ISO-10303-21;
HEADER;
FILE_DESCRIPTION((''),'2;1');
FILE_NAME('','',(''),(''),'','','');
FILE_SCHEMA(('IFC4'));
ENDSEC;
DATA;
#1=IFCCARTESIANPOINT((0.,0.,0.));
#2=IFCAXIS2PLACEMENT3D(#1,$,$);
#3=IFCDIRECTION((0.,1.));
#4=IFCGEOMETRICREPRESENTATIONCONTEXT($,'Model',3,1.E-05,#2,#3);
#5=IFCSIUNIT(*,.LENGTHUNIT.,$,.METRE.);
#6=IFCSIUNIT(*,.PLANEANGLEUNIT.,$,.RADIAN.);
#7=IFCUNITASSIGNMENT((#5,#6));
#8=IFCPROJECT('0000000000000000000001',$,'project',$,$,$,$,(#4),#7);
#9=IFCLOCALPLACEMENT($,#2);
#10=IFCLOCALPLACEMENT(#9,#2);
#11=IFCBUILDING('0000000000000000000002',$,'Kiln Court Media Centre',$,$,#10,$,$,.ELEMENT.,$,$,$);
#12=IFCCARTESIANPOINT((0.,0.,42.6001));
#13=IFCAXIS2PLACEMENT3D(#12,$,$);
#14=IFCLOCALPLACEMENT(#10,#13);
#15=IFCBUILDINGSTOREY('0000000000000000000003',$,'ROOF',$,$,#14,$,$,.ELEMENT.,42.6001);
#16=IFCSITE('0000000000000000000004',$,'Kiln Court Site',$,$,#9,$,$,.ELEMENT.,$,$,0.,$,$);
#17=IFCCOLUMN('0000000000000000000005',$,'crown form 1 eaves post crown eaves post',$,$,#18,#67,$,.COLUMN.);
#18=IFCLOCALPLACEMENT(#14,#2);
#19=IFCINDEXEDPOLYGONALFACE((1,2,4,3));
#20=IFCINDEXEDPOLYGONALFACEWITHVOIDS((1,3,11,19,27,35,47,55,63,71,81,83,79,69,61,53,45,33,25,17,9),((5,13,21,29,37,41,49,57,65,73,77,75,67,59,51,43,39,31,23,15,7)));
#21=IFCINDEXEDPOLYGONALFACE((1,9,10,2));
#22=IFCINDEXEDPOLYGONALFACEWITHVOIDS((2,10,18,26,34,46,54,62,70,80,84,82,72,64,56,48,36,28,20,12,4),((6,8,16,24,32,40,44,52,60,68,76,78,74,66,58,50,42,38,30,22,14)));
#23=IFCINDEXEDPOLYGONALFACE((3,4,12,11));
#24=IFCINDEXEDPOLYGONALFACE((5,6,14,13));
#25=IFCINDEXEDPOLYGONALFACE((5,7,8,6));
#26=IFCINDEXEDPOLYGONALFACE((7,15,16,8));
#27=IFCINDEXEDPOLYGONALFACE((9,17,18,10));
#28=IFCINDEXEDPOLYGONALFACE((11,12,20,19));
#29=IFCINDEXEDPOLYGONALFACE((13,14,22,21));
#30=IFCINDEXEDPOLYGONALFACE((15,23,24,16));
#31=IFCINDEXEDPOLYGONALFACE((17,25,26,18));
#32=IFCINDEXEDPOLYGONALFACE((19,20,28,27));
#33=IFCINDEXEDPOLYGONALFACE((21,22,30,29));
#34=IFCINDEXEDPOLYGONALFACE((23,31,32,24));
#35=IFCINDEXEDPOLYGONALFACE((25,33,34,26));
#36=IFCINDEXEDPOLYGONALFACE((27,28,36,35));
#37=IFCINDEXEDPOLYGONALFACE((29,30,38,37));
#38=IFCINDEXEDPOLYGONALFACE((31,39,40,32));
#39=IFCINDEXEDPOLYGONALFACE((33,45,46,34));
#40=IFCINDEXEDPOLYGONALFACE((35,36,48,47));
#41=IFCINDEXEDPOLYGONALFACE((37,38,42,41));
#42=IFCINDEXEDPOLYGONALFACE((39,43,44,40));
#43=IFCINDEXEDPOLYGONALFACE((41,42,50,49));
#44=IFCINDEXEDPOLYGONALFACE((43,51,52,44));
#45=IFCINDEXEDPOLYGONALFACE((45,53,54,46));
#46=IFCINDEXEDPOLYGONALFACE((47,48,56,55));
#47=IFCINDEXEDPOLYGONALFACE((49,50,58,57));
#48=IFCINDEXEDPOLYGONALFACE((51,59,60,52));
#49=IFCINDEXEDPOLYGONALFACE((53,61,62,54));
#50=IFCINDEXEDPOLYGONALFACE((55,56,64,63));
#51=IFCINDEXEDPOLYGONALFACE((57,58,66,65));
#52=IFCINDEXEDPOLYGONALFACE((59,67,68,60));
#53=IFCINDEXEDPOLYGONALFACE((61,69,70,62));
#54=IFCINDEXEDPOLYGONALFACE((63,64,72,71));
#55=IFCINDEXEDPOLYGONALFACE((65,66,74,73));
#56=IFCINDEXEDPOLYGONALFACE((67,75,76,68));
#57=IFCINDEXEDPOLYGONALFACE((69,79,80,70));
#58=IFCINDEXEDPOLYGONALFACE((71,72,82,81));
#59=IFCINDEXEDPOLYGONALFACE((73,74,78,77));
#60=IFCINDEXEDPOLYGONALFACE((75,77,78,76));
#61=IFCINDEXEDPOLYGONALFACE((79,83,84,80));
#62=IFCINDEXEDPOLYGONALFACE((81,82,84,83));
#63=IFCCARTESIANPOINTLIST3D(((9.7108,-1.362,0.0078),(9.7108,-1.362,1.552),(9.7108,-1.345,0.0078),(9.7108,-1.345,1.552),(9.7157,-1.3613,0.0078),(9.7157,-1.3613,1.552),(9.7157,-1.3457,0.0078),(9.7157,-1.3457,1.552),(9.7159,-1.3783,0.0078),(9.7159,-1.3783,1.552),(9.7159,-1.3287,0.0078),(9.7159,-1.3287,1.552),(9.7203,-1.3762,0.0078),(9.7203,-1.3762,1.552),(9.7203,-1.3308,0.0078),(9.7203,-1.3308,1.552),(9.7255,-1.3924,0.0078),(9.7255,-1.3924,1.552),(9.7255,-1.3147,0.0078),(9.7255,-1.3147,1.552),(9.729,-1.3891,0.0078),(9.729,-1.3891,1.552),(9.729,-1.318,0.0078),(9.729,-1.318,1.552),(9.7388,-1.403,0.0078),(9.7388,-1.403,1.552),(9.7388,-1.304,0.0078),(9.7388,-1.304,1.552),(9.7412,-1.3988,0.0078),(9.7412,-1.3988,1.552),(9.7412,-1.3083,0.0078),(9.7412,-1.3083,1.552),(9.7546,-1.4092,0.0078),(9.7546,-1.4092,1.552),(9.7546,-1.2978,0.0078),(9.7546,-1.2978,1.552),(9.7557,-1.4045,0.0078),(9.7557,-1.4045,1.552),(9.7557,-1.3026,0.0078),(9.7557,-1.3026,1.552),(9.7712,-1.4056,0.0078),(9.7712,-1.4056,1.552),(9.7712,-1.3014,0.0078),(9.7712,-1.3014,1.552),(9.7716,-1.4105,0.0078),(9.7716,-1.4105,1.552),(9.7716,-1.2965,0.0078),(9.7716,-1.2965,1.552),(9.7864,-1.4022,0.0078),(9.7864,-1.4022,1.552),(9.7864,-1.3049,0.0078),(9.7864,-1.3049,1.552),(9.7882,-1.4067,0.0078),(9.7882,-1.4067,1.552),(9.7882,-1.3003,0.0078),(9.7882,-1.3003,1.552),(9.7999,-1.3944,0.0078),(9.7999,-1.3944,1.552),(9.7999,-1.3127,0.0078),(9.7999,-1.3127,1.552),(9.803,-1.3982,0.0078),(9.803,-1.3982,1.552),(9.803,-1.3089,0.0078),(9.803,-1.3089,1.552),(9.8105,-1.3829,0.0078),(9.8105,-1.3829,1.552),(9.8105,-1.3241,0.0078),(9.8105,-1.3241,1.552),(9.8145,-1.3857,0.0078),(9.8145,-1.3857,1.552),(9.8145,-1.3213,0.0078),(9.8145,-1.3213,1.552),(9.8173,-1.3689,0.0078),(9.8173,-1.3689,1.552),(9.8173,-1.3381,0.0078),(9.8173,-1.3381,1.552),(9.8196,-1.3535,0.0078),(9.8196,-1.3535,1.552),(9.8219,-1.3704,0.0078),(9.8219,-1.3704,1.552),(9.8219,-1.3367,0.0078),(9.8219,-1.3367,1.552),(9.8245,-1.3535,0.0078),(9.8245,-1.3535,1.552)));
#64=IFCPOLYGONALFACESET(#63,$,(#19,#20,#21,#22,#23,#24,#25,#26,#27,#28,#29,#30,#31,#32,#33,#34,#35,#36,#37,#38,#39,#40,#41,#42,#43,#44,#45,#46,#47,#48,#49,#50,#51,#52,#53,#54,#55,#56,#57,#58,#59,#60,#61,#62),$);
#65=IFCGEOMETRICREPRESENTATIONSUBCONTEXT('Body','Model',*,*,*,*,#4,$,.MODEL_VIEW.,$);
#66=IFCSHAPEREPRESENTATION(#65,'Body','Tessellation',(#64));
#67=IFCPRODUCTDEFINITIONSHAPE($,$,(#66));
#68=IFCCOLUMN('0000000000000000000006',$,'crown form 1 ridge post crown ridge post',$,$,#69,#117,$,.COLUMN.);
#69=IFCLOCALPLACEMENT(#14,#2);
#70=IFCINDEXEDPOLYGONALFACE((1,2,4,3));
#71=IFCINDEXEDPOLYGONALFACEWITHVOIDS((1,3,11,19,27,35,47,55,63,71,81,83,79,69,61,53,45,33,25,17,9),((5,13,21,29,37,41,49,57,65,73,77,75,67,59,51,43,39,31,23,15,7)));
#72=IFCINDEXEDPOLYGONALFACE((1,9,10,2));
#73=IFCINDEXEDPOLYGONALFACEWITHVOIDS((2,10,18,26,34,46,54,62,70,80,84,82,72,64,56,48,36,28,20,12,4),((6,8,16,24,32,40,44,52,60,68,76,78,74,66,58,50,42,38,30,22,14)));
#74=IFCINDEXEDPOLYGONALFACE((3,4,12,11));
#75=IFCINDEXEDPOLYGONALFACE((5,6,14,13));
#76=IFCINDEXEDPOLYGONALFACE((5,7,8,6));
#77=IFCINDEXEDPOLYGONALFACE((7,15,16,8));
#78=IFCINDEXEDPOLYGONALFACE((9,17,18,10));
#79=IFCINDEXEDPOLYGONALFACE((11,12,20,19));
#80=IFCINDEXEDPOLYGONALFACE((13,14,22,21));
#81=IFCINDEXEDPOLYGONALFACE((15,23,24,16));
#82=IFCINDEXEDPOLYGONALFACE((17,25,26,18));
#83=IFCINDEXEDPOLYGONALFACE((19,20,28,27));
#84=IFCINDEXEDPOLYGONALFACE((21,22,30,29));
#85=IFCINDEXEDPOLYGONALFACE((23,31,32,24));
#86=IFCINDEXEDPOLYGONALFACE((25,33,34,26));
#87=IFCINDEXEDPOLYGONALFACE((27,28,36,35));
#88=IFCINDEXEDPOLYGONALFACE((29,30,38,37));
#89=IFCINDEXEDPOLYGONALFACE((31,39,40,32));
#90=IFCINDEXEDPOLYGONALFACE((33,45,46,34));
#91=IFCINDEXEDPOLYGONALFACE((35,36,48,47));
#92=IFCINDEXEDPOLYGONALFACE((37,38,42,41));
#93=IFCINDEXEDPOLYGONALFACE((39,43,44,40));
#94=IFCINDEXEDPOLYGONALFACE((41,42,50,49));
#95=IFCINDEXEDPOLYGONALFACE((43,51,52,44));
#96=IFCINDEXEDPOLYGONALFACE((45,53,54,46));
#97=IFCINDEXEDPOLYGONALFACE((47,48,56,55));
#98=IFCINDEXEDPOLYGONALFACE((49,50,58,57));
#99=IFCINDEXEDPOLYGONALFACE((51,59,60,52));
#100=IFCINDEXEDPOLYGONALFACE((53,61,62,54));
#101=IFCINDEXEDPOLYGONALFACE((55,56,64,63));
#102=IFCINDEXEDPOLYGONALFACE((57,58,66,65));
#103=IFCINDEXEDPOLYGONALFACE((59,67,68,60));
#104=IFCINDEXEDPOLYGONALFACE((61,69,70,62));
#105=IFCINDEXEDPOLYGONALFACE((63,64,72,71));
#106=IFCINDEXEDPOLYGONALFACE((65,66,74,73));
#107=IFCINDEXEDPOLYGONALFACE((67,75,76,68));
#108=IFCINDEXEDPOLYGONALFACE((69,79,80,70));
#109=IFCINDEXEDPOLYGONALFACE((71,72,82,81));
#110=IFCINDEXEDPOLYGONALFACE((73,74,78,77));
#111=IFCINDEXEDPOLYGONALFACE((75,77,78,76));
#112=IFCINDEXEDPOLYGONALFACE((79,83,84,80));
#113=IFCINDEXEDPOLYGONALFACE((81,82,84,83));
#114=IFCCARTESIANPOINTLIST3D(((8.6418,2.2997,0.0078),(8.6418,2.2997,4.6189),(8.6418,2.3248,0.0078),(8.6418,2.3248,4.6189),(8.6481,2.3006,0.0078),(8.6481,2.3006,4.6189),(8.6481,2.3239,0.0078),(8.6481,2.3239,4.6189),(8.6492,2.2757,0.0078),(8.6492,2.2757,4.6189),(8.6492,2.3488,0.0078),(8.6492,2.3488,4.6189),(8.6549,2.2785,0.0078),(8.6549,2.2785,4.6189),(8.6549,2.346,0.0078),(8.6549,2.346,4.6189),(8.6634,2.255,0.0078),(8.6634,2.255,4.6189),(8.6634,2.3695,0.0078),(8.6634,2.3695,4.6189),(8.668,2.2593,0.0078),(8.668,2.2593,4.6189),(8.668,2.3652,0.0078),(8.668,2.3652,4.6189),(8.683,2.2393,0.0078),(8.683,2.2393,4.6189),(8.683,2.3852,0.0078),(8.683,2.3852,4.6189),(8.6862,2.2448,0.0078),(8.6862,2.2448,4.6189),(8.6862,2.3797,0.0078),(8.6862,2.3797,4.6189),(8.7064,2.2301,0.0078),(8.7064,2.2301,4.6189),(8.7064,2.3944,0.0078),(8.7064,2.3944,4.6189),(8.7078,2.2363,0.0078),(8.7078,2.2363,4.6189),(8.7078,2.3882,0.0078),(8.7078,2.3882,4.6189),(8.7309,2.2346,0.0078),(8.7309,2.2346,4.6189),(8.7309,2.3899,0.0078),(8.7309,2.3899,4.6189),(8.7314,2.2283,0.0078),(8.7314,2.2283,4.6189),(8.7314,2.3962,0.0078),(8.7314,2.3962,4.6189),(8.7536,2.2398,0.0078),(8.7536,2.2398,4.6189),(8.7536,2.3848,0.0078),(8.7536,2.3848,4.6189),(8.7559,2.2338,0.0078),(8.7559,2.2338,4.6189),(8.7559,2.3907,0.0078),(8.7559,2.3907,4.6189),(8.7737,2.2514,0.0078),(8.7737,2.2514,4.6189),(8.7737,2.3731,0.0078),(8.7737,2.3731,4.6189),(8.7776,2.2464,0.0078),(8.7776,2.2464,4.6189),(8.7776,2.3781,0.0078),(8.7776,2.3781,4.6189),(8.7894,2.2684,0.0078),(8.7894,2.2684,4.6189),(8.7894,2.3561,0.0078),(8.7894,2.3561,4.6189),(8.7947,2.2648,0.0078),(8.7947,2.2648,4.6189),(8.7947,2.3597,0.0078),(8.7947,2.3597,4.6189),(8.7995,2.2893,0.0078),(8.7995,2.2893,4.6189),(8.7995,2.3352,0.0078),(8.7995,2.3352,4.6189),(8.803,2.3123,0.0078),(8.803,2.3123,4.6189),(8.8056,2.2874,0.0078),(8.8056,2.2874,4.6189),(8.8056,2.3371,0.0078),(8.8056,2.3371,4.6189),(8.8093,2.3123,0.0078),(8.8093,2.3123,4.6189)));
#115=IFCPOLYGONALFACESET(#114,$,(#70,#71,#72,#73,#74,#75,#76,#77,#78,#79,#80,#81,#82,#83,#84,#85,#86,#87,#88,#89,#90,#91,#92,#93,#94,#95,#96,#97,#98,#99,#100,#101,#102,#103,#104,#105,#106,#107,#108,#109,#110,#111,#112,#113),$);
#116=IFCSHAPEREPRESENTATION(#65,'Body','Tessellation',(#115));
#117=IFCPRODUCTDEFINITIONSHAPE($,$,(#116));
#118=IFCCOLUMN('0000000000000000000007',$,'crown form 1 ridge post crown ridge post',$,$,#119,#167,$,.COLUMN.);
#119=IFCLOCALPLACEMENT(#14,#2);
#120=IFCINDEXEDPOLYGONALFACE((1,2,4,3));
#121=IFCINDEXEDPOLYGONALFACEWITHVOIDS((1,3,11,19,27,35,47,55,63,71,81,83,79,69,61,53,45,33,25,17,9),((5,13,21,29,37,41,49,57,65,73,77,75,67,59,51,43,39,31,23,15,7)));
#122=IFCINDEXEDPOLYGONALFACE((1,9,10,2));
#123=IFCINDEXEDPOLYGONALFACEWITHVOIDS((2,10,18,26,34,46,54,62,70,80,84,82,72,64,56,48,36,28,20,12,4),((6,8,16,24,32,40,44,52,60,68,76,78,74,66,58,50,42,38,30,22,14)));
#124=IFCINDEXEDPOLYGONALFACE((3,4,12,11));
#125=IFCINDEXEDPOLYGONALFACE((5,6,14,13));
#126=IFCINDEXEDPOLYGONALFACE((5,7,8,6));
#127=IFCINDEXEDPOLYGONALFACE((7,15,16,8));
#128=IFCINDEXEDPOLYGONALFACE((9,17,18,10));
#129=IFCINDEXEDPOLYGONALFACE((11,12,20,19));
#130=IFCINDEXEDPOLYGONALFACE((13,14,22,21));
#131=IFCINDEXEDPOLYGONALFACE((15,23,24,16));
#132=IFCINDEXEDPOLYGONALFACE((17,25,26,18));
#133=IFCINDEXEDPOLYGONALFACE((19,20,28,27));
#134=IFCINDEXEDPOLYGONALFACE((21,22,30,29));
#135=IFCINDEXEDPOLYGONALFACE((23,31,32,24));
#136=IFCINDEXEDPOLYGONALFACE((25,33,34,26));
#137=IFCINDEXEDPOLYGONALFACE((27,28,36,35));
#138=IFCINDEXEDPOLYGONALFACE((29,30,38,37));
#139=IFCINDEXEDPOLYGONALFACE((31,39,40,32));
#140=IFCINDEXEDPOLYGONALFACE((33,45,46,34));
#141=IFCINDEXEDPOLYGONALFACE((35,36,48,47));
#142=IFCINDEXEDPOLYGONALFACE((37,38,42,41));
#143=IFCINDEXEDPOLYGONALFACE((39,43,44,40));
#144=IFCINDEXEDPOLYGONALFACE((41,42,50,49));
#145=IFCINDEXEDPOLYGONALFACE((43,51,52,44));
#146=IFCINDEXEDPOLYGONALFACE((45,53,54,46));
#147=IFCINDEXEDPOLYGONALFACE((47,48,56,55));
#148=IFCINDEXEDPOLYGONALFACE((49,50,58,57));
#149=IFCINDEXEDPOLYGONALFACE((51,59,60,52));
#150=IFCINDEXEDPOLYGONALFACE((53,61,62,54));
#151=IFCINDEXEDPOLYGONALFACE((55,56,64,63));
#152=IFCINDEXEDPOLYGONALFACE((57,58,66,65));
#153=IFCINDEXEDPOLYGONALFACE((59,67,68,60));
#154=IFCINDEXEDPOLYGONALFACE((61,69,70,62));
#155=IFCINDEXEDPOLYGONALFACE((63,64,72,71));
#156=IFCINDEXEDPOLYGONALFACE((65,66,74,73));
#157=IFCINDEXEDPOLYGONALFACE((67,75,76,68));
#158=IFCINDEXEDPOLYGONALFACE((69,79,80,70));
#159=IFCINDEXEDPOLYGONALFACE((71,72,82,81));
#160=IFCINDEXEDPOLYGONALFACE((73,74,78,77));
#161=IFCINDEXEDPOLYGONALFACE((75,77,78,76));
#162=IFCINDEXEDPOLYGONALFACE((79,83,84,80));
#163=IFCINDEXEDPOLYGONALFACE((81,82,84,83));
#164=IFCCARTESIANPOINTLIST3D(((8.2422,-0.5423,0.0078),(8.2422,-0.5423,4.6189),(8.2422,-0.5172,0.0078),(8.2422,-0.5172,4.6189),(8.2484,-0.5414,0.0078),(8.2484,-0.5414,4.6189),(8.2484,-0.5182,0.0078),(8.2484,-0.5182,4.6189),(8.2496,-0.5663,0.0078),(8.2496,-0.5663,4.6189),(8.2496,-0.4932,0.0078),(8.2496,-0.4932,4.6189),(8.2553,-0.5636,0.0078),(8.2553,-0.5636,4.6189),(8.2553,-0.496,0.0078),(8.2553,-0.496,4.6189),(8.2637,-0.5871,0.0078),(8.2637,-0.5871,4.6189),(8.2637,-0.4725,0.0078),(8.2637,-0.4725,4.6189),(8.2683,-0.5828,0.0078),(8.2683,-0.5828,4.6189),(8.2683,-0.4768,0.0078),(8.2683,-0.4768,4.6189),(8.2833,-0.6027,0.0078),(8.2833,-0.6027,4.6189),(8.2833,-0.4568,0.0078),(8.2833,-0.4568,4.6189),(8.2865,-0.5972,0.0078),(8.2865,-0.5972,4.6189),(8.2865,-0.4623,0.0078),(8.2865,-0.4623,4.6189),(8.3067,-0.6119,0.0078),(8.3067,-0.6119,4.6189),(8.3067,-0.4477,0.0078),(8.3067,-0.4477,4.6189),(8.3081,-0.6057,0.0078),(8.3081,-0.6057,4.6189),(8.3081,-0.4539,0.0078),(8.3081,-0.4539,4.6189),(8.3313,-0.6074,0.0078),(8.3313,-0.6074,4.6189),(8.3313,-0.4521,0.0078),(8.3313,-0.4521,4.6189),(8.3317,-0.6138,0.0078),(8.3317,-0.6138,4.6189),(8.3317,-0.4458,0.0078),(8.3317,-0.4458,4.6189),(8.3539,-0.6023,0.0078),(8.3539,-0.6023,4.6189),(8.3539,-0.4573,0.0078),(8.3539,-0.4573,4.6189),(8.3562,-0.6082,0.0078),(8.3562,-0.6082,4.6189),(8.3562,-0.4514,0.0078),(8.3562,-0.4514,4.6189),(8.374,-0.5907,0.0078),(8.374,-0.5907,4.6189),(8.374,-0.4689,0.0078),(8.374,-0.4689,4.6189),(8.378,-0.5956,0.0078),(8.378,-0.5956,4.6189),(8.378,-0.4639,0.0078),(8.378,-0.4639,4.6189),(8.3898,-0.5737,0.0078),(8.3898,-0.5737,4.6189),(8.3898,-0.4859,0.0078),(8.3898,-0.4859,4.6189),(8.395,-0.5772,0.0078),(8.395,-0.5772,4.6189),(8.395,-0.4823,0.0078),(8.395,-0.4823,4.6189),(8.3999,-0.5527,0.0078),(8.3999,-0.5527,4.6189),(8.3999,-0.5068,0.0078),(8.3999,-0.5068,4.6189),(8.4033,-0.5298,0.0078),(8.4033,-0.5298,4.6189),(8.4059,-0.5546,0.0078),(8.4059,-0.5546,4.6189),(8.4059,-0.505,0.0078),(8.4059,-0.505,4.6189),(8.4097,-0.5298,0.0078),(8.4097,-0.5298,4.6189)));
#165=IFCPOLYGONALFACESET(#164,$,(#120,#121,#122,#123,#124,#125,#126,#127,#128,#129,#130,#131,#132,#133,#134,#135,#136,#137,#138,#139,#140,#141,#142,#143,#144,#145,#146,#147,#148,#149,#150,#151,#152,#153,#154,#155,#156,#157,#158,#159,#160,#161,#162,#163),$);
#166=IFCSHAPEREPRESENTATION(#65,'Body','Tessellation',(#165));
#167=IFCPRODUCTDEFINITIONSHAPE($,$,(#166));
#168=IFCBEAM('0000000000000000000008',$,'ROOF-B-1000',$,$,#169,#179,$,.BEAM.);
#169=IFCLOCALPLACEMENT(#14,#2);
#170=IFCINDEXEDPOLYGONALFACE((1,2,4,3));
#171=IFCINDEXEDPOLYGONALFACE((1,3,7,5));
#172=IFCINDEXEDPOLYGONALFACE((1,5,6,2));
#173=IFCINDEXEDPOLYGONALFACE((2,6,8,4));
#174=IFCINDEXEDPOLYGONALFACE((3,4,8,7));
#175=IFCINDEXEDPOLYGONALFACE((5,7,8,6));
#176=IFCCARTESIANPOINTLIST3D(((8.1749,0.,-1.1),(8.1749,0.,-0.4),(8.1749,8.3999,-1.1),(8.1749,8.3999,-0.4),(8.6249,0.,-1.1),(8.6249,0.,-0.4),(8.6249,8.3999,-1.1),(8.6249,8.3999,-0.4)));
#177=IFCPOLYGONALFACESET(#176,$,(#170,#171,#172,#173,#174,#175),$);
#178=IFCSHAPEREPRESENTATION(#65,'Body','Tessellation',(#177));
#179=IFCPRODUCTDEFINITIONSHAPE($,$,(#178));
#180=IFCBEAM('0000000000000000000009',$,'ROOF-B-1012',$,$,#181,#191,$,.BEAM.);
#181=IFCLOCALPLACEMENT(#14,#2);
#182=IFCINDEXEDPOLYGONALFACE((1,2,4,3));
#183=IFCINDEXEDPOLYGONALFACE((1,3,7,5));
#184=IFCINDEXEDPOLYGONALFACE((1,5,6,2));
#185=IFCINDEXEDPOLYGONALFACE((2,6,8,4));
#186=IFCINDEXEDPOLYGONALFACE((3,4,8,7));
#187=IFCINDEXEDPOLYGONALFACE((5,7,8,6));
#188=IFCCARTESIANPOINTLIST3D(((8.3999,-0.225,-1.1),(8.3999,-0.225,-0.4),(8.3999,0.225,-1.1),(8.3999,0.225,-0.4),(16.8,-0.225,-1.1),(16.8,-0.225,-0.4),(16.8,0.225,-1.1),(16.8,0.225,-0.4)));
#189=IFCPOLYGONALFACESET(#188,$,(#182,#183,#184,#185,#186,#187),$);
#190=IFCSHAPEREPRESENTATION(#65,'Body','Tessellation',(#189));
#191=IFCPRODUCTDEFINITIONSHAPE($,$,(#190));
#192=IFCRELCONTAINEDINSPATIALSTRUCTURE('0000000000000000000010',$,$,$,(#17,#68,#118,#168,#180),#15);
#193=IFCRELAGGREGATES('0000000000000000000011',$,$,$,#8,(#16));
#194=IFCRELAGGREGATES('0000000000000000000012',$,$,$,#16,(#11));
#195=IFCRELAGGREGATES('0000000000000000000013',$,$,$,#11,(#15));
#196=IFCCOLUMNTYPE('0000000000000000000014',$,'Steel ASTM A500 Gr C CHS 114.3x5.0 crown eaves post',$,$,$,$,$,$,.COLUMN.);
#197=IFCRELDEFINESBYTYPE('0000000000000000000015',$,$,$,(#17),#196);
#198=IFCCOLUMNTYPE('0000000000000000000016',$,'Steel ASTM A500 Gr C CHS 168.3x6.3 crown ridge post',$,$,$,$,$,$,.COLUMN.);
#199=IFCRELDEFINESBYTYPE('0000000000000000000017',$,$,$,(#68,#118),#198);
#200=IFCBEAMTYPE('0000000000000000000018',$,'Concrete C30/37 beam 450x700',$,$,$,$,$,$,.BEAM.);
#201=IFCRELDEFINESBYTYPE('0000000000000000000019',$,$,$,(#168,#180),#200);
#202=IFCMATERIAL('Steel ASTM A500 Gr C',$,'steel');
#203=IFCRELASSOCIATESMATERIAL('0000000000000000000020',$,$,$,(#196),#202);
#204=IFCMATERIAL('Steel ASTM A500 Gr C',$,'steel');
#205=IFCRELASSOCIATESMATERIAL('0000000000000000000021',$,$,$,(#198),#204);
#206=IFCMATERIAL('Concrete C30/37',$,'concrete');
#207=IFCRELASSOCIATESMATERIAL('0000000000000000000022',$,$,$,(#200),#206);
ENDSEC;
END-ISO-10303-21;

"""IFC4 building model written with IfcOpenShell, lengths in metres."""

from ifc_helpers import new_model, si_unit, direction, frame, origin, origin_2d, place, context, subcontext, project, spatial, rectangle, hollow_circle, extrude, material, material_profile, profile_set, type_object, element, save


model = new_model("IFC4")

# Units and contexts
model_context = context("Model", 3, precision=1e-05, world=origin(), true_north=direction((0.0, 1.0)))
body_context = subcontext(model_context, "Body", "Model", "MODEL_VIEW")
ifc_project = project(units=[si_unit("LENGTHUNIT", "METRE"), si_unit("PLANEANGLEUNIT", "RADIAN")], contexts=[model_context])

# Site, building, storey
site_placement = place(None, origin())
site = spatial("IfcSite", under=ifc_project, at=site_placement, Name="Kiln Court Site", CompositionType="ELEMENT", RefElevation=0.0)
building_placement = place(site_placement, origin())
building = spatial("IfcBuilding", under=site, at=building_placement, Name="Kiln Court Media Centre", CompositionType="ELEMENT")
storey_placement = place(building_placement, frame((0.0, 0.0, 42.6001)))
storey = spatial("IfcBuildingStorey", under=building, at=storey_placement, Name="ROOF", CompositionType="ELEMENT", Elevation=42.6001)

# Columns
ifc_material_1 = material(Name="Steel ASTM A500 Gr C", Category="steel")
ifc_material_profile_1 = material_profile(ifc_material_1, hollow_circle(Radius=0.0571, WallThickness=0.0049, at=origin_2d()), Name="CHS 114.3x5.0")
ifc_profile_set_1 = profile_set([ifc_material_profile_1], Name="Steel ASTM A500 Gr C")
column_type_1 = type_object("IfcColumnType", Name="Steel ASTM A500 Gr C CHS 114.3x5.0 crown eaves post", PredefinedType="COLUMN", material=ifc_profile_set_1)
column_placement = place(storey_placement, frame((9.7673, -1.3535, 0.0078), z_axis=(0.0, 0.0, 1.0), x_axis=(1.0, 0.0, 0.0)))
element("IfcColumn", 1, at=column_placement, inside=storey, type_object=column_type_1, Name="crown form 1 eaves post crown eaves post", PredefinedType="COLUMN", context=body_context, shape_type="SweptSolid", body=[
    extrude(hollow_circle(Radius=0.0571, WallThickness=0.0049, at=origin_2d()), origin(), (0.0, 0.0, 1.0), 1.5442),
])
ifc_material_2 = material(Name="Steel ASTM A500 Gr C", Category="steel")
ifc_material_profile_2 = material_profile(ifc_material_2, hollow_circle(Radius=0.0842, WallThickness=0.0063, at=origin_2d()), Name="CHS 168.3x6.3")
ifc_profile_set_2 = profile_set([ifc_material_profile_2], Name="Steel ASTM A500 Gr C")
column_type_2 = type_object("IfcColumnType", Name="Steel ASTM A500 Gr C CHS 168.3x6.3 crown ridge post", PredefinedType="COLUMN", material=ifc_profile_set_2)
for number, where, z_axis, x_axis, name in (
    (2, (8.7251, 2.3123, 0.0078), (0.0, 0.0, 1.0), (1.0, 0.0, 0.0), "crown form 1 ridge post crown ridge post"),
    (3, (8.3254, -0.5298, 0.0078), (0.0, 0.0, 1.0), (1.0, 0.0, 0.0), "crown form 1 ridge post crown ridge post"),
):
    element("IfcColumn", number, at=place(storey_placement, frame(where, z_axis=z_axis, x_axis=x_axis)), inside=storey, type_object=column_type_2, Name=name, PredefinedType="COLUMN", context=body_context, shape_type="SweptSolid", body=[
        extrude(hollow_circle(Radius=0.0842, WallThickness=0.0063, at=origin_2d()), origin(), (0.0, 0.0, 1.0), 4.6111),
    ])

# Beams
ifc_material_3 = material(Name="Concrete C30/37", Category="concrete")
ifc_material_profile_3 = material_profile(ifc_material_3, rectangle(XDim=0.45, YDim=0.7, at=origin_2d()), Name="RC 450x700")
ifc_profile_set_3 = profile_set([ifc_material_profile_3], Name="Concrete C30/37")
beam_type_1 = type_object("IfcBeamType", Name="Concrete C30/37 beam 450x700", PredefinedType="BEAM", material=ifc_profile_set_3)
beam_1_placement = place(storey_placement, frame((8.3999, 0.0, -0.75), z_axis=(0.0, 1.0, 0.0), x_axis=(-1.0, 0.0, 0.0)))
element("IfcBeam", 4, at=beam_1_placement, inside=storey, type_object=beam_type_1, Name="ROOF-B-1000", PredefinedType="BEAM", context=body_context, shape_type="SweptSolid", body=[
    extrude(rectangle(XDim=0.45, YDim=0.7, at=origin_2d()), origin(), (0.0, 0.0, 1.0), 8.3999),
])
beam_2_placement = place(storey_placement, frame((8.3999, 0.0, -0.75), z_axis=(1.0, 0.0, 0.0), x_axis=(0.0, 1.0, 0.0)))
element("IfcBeam", 5, at=beam_2_placement, inside=storey, type_object=beam_type_1, Name="ROOF-B-1012", PredefinedType="BEAM", context=body_context, shape_type="SweptSolid", body=[
    extrude(rectangle(XDim=0.45, YDim=0.7, at=origin_2d()), origin(), (0.0, 0.0, 1.0), 8.4001),
])

save(model, "model.ifc")
